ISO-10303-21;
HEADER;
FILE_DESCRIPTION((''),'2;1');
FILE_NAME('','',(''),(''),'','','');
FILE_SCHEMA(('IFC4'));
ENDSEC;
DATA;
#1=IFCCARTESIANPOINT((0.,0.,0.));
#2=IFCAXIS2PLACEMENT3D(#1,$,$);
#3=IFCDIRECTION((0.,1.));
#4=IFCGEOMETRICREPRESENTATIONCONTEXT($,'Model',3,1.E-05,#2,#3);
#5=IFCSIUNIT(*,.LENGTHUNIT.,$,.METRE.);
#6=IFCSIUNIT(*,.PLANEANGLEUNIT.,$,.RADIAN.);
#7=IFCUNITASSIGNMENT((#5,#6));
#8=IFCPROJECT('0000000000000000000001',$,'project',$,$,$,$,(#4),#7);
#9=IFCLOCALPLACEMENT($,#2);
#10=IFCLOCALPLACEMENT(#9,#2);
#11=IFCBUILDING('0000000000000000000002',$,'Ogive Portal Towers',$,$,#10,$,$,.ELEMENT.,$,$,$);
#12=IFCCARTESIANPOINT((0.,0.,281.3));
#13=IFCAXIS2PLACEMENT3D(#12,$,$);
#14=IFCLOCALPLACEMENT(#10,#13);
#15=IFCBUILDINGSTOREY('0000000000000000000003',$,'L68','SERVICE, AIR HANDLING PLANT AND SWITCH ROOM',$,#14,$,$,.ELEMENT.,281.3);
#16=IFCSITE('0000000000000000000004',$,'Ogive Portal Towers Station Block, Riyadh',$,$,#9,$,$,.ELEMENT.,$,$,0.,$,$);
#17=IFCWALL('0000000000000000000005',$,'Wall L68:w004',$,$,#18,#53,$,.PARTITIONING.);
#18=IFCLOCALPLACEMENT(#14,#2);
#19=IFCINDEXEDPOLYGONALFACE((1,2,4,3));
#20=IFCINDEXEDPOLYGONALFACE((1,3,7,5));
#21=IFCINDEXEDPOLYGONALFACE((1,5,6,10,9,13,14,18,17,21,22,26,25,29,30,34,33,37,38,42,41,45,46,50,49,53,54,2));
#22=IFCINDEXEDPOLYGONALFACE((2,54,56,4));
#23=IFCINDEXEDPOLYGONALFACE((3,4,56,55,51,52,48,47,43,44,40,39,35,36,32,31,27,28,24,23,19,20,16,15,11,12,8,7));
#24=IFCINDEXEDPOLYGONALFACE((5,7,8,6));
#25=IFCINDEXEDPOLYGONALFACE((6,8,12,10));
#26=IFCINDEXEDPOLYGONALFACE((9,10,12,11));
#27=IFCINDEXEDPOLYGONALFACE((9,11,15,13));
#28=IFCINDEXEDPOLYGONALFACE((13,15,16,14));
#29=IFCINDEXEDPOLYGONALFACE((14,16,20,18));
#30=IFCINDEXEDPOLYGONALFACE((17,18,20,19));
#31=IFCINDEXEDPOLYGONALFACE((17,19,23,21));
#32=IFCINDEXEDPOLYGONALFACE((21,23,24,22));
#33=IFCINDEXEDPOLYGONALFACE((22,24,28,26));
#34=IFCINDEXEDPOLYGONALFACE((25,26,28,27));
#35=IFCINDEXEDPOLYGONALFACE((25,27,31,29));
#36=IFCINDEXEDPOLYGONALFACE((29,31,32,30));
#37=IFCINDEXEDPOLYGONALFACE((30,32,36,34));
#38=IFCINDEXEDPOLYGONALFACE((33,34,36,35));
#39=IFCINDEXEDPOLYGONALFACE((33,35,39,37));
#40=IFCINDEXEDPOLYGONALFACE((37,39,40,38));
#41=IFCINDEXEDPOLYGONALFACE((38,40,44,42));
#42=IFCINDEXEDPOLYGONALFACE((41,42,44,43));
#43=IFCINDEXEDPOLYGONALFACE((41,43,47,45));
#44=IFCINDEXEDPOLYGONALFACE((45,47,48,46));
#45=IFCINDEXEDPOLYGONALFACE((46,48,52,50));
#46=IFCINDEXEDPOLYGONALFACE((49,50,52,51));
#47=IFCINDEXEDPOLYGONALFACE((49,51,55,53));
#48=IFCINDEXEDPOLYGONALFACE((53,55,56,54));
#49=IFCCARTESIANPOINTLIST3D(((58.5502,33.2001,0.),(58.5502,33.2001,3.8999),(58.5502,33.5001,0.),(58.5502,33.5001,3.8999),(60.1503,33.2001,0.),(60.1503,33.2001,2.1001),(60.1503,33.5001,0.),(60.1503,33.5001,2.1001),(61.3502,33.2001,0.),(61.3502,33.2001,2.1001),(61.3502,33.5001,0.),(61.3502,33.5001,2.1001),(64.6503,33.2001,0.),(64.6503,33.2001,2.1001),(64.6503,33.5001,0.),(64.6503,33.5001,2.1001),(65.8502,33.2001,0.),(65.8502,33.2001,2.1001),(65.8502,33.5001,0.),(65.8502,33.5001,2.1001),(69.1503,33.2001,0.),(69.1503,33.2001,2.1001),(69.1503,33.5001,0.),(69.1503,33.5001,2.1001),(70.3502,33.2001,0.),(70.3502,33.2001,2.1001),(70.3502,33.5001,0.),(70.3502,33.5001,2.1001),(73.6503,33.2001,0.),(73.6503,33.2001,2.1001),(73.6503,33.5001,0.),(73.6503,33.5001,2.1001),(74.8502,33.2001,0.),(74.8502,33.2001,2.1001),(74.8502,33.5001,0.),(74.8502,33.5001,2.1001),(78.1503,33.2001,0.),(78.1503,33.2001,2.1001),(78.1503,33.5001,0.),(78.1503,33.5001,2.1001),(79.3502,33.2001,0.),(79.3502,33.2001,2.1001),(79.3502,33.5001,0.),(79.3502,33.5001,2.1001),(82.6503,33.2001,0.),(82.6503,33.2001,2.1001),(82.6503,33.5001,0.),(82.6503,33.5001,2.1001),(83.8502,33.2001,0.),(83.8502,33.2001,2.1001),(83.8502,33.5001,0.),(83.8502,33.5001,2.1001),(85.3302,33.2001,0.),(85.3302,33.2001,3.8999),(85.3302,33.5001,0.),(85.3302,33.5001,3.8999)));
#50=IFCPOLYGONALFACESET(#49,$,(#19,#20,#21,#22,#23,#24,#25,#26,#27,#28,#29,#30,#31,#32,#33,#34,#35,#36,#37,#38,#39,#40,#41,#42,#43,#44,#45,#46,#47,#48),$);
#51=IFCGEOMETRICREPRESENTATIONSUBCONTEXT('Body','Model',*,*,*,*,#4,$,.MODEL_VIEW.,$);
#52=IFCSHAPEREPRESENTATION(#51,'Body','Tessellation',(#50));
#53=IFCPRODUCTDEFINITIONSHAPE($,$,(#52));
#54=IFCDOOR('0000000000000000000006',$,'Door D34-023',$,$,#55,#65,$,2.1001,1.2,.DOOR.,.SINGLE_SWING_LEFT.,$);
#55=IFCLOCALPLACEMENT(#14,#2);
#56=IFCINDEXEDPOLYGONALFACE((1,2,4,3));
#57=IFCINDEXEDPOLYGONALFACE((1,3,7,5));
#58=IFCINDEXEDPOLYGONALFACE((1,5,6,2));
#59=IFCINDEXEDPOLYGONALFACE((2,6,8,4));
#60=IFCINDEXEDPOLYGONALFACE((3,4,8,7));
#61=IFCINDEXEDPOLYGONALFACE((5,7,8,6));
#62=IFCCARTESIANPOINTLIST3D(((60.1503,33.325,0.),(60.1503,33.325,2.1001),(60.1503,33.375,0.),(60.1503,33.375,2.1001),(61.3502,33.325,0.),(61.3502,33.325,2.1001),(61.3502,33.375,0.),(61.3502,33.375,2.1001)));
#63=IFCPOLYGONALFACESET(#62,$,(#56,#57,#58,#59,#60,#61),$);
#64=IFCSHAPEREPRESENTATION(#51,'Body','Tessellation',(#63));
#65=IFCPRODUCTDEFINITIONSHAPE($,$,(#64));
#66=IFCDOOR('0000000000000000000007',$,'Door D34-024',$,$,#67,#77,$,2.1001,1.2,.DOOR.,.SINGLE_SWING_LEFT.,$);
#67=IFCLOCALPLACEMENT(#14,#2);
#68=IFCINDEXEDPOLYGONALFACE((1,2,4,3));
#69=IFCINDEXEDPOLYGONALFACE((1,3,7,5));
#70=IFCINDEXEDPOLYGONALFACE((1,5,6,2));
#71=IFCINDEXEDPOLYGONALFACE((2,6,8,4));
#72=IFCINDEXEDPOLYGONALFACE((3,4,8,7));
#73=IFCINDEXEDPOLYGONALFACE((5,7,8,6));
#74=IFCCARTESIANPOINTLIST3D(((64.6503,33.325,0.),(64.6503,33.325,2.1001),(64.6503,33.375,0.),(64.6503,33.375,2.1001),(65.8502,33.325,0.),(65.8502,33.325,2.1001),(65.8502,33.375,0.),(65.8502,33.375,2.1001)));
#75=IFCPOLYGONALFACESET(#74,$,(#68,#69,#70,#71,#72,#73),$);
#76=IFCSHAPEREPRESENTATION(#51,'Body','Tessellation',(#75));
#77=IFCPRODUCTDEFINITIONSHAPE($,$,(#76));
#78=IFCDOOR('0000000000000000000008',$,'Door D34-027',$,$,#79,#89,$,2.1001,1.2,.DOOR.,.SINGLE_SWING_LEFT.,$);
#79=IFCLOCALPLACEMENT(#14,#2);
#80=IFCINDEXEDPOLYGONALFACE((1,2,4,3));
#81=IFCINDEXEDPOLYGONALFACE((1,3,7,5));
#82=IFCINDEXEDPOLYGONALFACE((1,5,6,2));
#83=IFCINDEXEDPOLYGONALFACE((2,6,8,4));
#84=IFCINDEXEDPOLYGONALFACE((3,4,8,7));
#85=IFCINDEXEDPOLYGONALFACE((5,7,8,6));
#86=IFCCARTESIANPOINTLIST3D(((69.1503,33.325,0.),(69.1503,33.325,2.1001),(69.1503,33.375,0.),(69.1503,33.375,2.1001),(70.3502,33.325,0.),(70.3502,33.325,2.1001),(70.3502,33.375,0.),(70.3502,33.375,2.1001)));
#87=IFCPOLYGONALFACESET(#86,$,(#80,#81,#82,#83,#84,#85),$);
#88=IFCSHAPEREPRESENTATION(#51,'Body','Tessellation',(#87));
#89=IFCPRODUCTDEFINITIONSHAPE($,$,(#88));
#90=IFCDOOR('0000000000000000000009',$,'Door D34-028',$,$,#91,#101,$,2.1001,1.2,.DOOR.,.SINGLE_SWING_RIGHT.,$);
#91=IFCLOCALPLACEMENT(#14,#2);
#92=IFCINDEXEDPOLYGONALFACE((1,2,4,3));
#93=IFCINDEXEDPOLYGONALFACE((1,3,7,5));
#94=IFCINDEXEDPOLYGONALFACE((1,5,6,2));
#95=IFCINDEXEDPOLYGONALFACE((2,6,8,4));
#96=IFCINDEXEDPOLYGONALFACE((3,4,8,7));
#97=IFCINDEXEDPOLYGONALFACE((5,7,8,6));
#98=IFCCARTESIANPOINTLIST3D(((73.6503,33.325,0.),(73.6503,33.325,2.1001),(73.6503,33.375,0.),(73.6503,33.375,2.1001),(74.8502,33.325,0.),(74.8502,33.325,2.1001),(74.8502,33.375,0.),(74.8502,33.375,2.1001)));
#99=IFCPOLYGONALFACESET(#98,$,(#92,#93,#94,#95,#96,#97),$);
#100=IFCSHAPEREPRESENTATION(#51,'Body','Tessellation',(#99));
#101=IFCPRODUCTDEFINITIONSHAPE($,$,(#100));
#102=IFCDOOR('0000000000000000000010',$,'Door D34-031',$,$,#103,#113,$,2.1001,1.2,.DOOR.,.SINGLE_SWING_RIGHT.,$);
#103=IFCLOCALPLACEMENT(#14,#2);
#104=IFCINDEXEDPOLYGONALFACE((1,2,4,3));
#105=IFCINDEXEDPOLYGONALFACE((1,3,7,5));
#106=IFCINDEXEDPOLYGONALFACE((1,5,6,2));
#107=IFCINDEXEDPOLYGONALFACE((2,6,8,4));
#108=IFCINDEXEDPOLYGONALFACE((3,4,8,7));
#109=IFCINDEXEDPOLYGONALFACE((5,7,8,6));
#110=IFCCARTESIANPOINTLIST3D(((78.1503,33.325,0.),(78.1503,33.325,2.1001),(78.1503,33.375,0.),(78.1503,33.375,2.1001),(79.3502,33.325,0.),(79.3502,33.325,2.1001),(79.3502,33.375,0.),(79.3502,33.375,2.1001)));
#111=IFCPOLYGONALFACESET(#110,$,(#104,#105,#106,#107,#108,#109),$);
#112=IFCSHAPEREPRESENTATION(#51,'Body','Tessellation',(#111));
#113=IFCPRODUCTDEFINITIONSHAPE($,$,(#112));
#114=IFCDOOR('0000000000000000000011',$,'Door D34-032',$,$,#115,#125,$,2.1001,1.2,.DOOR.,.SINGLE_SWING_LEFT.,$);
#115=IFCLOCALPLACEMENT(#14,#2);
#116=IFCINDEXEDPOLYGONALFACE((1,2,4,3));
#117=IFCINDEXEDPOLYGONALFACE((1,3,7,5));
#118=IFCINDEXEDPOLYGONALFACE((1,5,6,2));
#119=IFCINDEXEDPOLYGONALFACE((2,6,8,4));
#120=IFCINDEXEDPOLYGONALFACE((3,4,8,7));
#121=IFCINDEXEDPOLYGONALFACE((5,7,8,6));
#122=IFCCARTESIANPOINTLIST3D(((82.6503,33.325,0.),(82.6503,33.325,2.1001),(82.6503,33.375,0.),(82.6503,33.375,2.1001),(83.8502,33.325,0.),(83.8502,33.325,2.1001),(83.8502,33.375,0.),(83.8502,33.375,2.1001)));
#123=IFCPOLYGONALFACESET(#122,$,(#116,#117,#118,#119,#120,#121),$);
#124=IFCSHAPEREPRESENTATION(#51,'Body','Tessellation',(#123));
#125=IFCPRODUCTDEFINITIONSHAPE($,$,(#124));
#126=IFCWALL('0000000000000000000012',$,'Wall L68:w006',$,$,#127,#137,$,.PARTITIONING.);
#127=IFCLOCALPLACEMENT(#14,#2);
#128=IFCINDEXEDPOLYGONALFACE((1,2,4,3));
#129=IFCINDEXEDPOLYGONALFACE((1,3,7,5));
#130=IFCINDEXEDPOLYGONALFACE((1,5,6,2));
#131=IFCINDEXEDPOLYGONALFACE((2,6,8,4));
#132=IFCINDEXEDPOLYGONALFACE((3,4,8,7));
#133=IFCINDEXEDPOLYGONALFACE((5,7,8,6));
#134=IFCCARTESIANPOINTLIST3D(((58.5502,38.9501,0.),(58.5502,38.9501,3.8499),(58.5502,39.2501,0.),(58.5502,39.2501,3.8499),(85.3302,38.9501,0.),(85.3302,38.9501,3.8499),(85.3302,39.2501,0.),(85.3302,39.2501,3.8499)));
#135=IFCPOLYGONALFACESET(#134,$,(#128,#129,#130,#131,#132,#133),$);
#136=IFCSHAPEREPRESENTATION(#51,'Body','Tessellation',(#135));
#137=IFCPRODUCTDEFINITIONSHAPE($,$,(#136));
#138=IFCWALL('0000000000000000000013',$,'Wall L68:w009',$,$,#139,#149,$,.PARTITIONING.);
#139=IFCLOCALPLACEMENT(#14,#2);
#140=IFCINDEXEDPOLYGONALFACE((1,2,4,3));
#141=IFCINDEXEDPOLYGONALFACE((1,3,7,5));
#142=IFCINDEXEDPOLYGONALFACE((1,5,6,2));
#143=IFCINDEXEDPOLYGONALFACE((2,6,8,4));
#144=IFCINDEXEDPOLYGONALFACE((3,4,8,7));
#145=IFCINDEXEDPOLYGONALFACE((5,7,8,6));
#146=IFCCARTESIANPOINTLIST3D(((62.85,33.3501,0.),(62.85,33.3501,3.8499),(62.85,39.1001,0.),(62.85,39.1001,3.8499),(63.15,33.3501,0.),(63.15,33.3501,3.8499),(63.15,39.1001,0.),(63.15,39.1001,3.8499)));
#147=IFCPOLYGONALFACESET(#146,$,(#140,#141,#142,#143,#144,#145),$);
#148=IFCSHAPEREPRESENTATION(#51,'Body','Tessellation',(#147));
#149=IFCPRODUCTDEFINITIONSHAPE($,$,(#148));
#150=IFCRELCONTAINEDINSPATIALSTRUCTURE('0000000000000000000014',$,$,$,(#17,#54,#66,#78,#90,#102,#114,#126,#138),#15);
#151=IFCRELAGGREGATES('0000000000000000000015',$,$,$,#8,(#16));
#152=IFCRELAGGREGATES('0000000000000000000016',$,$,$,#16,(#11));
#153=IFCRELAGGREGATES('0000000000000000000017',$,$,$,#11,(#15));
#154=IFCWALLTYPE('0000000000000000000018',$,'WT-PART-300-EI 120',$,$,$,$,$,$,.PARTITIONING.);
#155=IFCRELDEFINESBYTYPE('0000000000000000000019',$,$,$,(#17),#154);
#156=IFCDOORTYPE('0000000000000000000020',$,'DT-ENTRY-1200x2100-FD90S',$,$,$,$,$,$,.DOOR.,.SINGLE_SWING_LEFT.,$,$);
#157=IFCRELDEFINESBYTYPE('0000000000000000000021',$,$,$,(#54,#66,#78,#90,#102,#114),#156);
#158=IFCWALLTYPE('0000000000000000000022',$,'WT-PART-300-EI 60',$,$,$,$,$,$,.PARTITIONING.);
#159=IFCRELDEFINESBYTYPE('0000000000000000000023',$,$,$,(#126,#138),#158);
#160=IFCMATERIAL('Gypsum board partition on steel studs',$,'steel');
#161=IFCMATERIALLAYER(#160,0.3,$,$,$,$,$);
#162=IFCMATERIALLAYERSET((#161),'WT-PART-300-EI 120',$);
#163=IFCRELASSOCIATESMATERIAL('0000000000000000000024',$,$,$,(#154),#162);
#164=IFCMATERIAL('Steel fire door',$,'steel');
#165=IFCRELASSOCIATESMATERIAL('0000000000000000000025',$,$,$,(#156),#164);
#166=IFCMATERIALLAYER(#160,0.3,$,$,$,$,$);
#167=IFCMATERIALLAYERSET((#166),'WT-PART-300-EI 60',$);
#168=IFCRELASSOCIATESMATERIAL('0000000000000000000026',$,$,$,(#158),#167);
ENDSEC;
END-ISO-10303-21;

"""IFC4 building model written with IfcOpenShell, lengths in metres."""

from ifc_helpers import new_model, si_unit, direction, frame, frame_2d, origin, place, context, subcontext, project, spatial, rectangle, extrude, material, layer, layer_set, type_object, element, fill, save


model = new_model("IFC4")

# Units and contexts
model_context = context("Model", 3, precision=1e-05, world=origin(), true_north=direction((0.0, 1.0)))
body_context = subcontext(model_context, "Body", "Model", "MODEL_VIEW")
ifc_project = project(units=[si_unit("LENGTHUNIT", "METRE"), si_unit("PLANEANGLEUNIT", "RADIAN")], contexts=[model_context])

# Site, building, storey
site_placement = place(None, origin())
site = spatial("IfcSite", under=ifc_project, at=site_placement, Name="Ogive Portal Towers Station Block, Riyadh", CompositionType="ELEMENT", RefElevation=0.0)
building_placement = place(site_placement, origin())
building = spatial("IfcBuilding", under=site, at=building_placement, Name="Ogive Portal Towers", CompositionType="ELEMENT")
storey_placement = place(building_placement, frame((0.0, 0.0, 281.3)))
storey = spatial("IfcBuildingStorey", under=building, at=storey_placement, Name="L68", Description="SERVICE, AIR HANDLING PLANT AND SWITCH ROOM", CompositionType="ELEMENT", Elevation=281.3)

# Shared definitions
ifc_material_1 = material(Name="Steel fire door", Category="steel")
ifc_material_2 = material(Name="Gypsum board partition on steel studs", Category="steel")

# Wall, openings, doors
ifc_layer_1 = layer(ifc_material_2, 0.3)
ifc_layer_set_1 = layer_set([ifc_layer_1], Name="WT-PART-300-EI 120")
wall_type_1 = type_object("IfcWallType", Name="WT-PART-300-EI 120", PredefinedType="PARTITIONING", material=ifc_layer_set_1)
door_type_1 = type_object("IfcDoorType", Name="DT-ENTRY-1200x2100-FD90S", OperationType="SINGLE_SWING_LEFT", PredefinedType="DOOR", material=ifc_material_1)
wall_1_placement = place(storey_placement, frame((58.55, 33.3501, 0.0), z_axis=(0.0, 0.0, 1.0), x_axis=(1.0, 0.0, 0.0)))
wall_1 = element("IfcWall", 1, at=wall_1_placement, inside=storey, type_object=wall_type_1, Name="Wall L68:w004", PredefinedType="PARTITIONING", context=body_context, shape_type="SweptSolid", body=[
    extrude(rectangle(XDim=26.78, YDim=0.3, at=frame_2d((13.3901, 0.0))), origin(), (0.0, 0.0, 1.0), 3.8999),
])
opening_1_placement = place(wall_1_placement, frame((1.6001, 0.0, 0.0)))
opening_1 = element("IfcOpeningElement", 2, at=opening_1_placement, cuts=wall_1, PredefinedType="OPENING", context=body_context, shape_type="SweptSolid", body=[
    extrude(rectangle(XDim=1.2, YDim=2.1001, at=frame_2d((0.6001, 1.05))), frame((0.0, 0.1602, 0.0), z_axis=(0.0, -1.0, 0.0), x_axis=(1.0, 0.0, 0.0)), (0.0, 0.0, 1.0), 0.3201),
])
opening_2_placement = place(wall_1_placement, frame((6.1001, 0.0, 0.0)))
opening_2 = element("IfcOpeningElement", 3, at=opening_2_placement, cuts=wall_1, PredefinedType="OPENING", context=body_context, shape_type="SweptSolid", body=[
    extrude(rectangle(XDim=1.2, YDim=2.1001, at=frame_2d((0.6001, 1.05))), frame((0.0, 0.1602, 0.0), z_axis=(0.0, -1.0, 0.0), x_axis=(1.0, 0.0, 0.0)), (0.0, 0.0, 1.0), 0.3201),
])
opening_3_placement = place(wall_1_placement, frame((10.6001, 0.0, 0.0)))
opening_3 = element("IfcOpeningElement", 4, at=opening_3_placement, cuts=wall_1, PredefinedType="OPENING", context=body_context, shape_type="SweptSolid", body=[
    extrude(rectangle(XDim=1.2, YDim=2.1001, at=frame_2d((0.6001, 1.05))), frame((0.0, 0.1602, 0.0), z_axis=(0.0, -1.0, 0.0), x_axis=(1.0, 0.0, 0.0)), (0.0, 0.0, 1.0), 0.3201),
])
opening_4_placement = place(wall_1_placement, frame((15.1001, 0.0, 0.0)))
opening_4 = element("IfcOpeningElement", 5, at=opening_4_placement, cuts=wall_1, PredefinedType="OPENING", context=body_context, shape_type="SweptSolid", body=[
    extrude(rectangle(XDim=1.2, YDim=2.1001, at=frame_2d((0.6001, 1.05))), frame((0.0, 0.1602, 0.0), z_axis=(0.0, -1.0, 0.0), x_axis=(1.0, 0.0, 0.0)), (0.0, 0.0, 1.0), 0.3201),
])
opening_5_placement = place(wall_1_placement, frame((19.6001, 0.0, 0.0)))
opening_5 = element("IfcOpeningElement", 6, at=opening_5_placement, cuts=wall_1, PredefinedType="OPENING", context=body_context, shape_type="SweptSolid", body=[
    extrude(rectangle(XDim=1.2, YDim=2.1001, at=frame_2d((0.6001, 1.05))), frame((0.0, 0.1602, 0.0), z_axis=(0.0, -1.0, 0.0), x_axis=(1.0, 0.0, 0.0)), (0.0, 0.0, 1.0), 0.3201),
])
opening_6_placement = place(wall_1_placement, frame((24.1001, 0.0, 0.0)))
opening_6 = element("IfcOpeningElement", 7, at=opening_6_placement, cuts=wall_1, PredefinedType="OPENING", context=body_context, shape_type="SweptSolid", body=[
    extrude(rectangle(XDim=1.2, YDim=2.1001, at=frame_2d((0.6001, 1.05))), frame((0.0, 0.1602, 0.0), z_axis=(0.0, -1.0, 0.0), x_axis=(1.0, 0.0, 0.0)), (0.0, 0.0, 1.0), 0.3201),
])
door_1_placement = place(opening_1_placement, origin())
door_1 = element("IfcDoor", 8, at=door_1_placement, inside=storey, type_object=door_type_1, Name="Door D34-023", OperationType="SINGLE_SWING_LEFT", OverallHeight=2.1001, OverallWidth=1.2, PredefinedType="DOOR", context=body_context, shape_type="SweptSolid", body=[
    extrude(rectangle(XDim=1.2, YDim=2.1001, at=frame_2d((0.6001, 1.05))), frame((0.0, 0.0249, 0.0), z_axis=(0.0, -1.0, 0.0), x_axis=(1.0, 0.0, 0.0)), (0.0, 0.0, 1.0), 0.05),
])
fill(opening_1, door_1)
door_2_placement = place(opening_2_placement, origin())
door_2 = element("IfcDoor", 9, at=door_2_placement, inside=storey, type_object=door_type_1, Name="Door D34-024", OperationType="SINGLE_SWING_LEFT", OverallHeight=2.1001, OverallWidth=1.2, PredefinedType="DOOR", context=body_context, shape_type="SweptSolid", body=[
    extrude(rectangle(XDim=1.2, YDim=2.1001, at=frame_2d((0.6001, 1.05))), frame((0.0, 0.0249, 0.0), z_axis=(0.0, -1.0, 0.0), x_axis=(1.0, 0.0, 0.0)), (0.0, 0.0, 1.0), 0.05),
])
fill(opening_2, door_2)
door_3_placement = place(opening_3_placement, origin())
door_3 = element("IfcDoor", 10, at=door_3_placement, inside=storey, type_object=door_type_1, Name="Door D34-027", OperationType="SINGLE_SWING_LEFT", OverallHeight=2.1001, OverallWidth=1.2, PredefinedType="DOOR", context=body_context, shape_type="SweptSolid", body=[
    extrude(rectangle(XDim=1.2, YDim=2.1001, at=frame_2d((0.6001, 1.05))), frame((0.0, 0.0249, 0.0), z_axis=(0.0, -1.0, 0.0), x_axis=(1.0, 0.0, 0.0)), (0.0, 0.0, 1.0), 0.05),
])
fill(opening_3, door_3)
door_4_placement = place(opening_4_placement, origin())
door_4 = element("IfcDoor", 11, at=door_4_placement, inside=storey, type_object=door_type_1, Name="Door D34-028", OperationType="SINGLE_SWING_RIGHT", OverallHeight=2.1001, OverallWidth=1.2, PredefinedType="DOOR", context=body_context, shape_type="SweptSolid", body=[
    extrude(rectangle(XDim=1.2, YDim=2.1001, at=frame_2d((0.6001, 1.05))), frame((0.0, 0.0249, 0.0), z_axis=(0.0, -1.0, 0.0), x_axis=(1.0, 0.0, 0.0)), (0.0, 0.0, 1.0), 0.05),
])
fill(opening_4, door_4)
door_5_placement = place(opening_5_placement, origin())
door_5 = element("IfcDoor", 12, at=door_5_placement, inside=storey, type_object=door_type_1, Name="Door D34-031", OperationType="SINGLE_SWING_RIGHT", OverallHeight=2.1001, OverallWidth=1.2, PredefinedType="DOOR", context=body_context, shape_type="SweptSolid", body=[
    extrude(rectangle(XDim=1.2, YDim=2.1001, at=frame_2d((0.6001, 1.05))), frame((0.0, 0.0249, 0.0), z_axis=(0.0, -1.0, 0.0), x_axis=(1.0, 0.0, 0.0)), (0.0, 0.0, 1.0), 0.05),
])
fill(opening_5, door_5)
door_6_placement = place(opening_6_placement, origin())
door_6 = element("IfcDoor", 13, at=door_6_placement, inside=storey, type_object=door_type_1, Name="Door D34-032", OperationType="SINGLE_SWING_LEFT", OverallHeight=2.1001, OverallWidth=1.2, PredefinedType="DOOR", context=body_context, shape_type="SweptSolid", body=[
    extrude(rectangle(XDim=1.2, YDim=2.1001, at=frame_2d((0.6001, 1.05))), frame((0.0, 0.0249, 0.0), z_axis=(0.0, -1.0, 0.0), x_axis=(1.0, 0.0, 0.0)), (0.0, 0.0, 1.0), 0.05),
])
fill(opening_6, door_6)

# Walls
ifc_layer_2 = layer(ifc_material_2, 0.3)
ifc_layer_set_2 = layer_set([ifc_layer_2], Name="WT-PART-300-EI 60")
wall_type_2 = type_object("IfcWallType", Name="WT-PART-300-EI 60", PredefinedType="PARTITIONING", material=ifc_layer_set_2)
wall_2_placement = place(storey_placement, frame((58.55, 39.1001, 0.0), z_axis=(0.0, 0.0, 1.0), x_axis=(1.0, 0.0, 0.0)))
element("IfcWall", 14, at=wall_2_placement, inside=storey, type_object=wall_type_2, Name="Wall L68:w006", PredefinedType="PARTITIONING", context=body_context, shape_type="SweptSolid", body=[
    extrude(rectangle(XDim=26.78, YDim=0.3, at=frame_2d((13.3901, 0.0))), origin(), (0.0, 0.0, 1.0), 3.8499),
])
wall_3_placement = place(storey_placement, frame((63.0, 33.3501, 0.0), z_axis=(0.0, 0.0, 1.0), x_axis=(0.0, 1.0, 0.0)))
element("IfcWall", 15, at=wall_3_placement, inside=storey, type_object=wall_type_2, Name="Wall L68:w009", PredefinedType="PARTITIONING", context=body_context, shape_type="SweptSolid", body=[
    extrude(rectangle(XDim=5.75, YDim=0.3, at=frame_2d((2.875, 0.0))), origin(), (0.0, 0.0, 1.0), 3.8499),
])

save(model, "model.ifc")
